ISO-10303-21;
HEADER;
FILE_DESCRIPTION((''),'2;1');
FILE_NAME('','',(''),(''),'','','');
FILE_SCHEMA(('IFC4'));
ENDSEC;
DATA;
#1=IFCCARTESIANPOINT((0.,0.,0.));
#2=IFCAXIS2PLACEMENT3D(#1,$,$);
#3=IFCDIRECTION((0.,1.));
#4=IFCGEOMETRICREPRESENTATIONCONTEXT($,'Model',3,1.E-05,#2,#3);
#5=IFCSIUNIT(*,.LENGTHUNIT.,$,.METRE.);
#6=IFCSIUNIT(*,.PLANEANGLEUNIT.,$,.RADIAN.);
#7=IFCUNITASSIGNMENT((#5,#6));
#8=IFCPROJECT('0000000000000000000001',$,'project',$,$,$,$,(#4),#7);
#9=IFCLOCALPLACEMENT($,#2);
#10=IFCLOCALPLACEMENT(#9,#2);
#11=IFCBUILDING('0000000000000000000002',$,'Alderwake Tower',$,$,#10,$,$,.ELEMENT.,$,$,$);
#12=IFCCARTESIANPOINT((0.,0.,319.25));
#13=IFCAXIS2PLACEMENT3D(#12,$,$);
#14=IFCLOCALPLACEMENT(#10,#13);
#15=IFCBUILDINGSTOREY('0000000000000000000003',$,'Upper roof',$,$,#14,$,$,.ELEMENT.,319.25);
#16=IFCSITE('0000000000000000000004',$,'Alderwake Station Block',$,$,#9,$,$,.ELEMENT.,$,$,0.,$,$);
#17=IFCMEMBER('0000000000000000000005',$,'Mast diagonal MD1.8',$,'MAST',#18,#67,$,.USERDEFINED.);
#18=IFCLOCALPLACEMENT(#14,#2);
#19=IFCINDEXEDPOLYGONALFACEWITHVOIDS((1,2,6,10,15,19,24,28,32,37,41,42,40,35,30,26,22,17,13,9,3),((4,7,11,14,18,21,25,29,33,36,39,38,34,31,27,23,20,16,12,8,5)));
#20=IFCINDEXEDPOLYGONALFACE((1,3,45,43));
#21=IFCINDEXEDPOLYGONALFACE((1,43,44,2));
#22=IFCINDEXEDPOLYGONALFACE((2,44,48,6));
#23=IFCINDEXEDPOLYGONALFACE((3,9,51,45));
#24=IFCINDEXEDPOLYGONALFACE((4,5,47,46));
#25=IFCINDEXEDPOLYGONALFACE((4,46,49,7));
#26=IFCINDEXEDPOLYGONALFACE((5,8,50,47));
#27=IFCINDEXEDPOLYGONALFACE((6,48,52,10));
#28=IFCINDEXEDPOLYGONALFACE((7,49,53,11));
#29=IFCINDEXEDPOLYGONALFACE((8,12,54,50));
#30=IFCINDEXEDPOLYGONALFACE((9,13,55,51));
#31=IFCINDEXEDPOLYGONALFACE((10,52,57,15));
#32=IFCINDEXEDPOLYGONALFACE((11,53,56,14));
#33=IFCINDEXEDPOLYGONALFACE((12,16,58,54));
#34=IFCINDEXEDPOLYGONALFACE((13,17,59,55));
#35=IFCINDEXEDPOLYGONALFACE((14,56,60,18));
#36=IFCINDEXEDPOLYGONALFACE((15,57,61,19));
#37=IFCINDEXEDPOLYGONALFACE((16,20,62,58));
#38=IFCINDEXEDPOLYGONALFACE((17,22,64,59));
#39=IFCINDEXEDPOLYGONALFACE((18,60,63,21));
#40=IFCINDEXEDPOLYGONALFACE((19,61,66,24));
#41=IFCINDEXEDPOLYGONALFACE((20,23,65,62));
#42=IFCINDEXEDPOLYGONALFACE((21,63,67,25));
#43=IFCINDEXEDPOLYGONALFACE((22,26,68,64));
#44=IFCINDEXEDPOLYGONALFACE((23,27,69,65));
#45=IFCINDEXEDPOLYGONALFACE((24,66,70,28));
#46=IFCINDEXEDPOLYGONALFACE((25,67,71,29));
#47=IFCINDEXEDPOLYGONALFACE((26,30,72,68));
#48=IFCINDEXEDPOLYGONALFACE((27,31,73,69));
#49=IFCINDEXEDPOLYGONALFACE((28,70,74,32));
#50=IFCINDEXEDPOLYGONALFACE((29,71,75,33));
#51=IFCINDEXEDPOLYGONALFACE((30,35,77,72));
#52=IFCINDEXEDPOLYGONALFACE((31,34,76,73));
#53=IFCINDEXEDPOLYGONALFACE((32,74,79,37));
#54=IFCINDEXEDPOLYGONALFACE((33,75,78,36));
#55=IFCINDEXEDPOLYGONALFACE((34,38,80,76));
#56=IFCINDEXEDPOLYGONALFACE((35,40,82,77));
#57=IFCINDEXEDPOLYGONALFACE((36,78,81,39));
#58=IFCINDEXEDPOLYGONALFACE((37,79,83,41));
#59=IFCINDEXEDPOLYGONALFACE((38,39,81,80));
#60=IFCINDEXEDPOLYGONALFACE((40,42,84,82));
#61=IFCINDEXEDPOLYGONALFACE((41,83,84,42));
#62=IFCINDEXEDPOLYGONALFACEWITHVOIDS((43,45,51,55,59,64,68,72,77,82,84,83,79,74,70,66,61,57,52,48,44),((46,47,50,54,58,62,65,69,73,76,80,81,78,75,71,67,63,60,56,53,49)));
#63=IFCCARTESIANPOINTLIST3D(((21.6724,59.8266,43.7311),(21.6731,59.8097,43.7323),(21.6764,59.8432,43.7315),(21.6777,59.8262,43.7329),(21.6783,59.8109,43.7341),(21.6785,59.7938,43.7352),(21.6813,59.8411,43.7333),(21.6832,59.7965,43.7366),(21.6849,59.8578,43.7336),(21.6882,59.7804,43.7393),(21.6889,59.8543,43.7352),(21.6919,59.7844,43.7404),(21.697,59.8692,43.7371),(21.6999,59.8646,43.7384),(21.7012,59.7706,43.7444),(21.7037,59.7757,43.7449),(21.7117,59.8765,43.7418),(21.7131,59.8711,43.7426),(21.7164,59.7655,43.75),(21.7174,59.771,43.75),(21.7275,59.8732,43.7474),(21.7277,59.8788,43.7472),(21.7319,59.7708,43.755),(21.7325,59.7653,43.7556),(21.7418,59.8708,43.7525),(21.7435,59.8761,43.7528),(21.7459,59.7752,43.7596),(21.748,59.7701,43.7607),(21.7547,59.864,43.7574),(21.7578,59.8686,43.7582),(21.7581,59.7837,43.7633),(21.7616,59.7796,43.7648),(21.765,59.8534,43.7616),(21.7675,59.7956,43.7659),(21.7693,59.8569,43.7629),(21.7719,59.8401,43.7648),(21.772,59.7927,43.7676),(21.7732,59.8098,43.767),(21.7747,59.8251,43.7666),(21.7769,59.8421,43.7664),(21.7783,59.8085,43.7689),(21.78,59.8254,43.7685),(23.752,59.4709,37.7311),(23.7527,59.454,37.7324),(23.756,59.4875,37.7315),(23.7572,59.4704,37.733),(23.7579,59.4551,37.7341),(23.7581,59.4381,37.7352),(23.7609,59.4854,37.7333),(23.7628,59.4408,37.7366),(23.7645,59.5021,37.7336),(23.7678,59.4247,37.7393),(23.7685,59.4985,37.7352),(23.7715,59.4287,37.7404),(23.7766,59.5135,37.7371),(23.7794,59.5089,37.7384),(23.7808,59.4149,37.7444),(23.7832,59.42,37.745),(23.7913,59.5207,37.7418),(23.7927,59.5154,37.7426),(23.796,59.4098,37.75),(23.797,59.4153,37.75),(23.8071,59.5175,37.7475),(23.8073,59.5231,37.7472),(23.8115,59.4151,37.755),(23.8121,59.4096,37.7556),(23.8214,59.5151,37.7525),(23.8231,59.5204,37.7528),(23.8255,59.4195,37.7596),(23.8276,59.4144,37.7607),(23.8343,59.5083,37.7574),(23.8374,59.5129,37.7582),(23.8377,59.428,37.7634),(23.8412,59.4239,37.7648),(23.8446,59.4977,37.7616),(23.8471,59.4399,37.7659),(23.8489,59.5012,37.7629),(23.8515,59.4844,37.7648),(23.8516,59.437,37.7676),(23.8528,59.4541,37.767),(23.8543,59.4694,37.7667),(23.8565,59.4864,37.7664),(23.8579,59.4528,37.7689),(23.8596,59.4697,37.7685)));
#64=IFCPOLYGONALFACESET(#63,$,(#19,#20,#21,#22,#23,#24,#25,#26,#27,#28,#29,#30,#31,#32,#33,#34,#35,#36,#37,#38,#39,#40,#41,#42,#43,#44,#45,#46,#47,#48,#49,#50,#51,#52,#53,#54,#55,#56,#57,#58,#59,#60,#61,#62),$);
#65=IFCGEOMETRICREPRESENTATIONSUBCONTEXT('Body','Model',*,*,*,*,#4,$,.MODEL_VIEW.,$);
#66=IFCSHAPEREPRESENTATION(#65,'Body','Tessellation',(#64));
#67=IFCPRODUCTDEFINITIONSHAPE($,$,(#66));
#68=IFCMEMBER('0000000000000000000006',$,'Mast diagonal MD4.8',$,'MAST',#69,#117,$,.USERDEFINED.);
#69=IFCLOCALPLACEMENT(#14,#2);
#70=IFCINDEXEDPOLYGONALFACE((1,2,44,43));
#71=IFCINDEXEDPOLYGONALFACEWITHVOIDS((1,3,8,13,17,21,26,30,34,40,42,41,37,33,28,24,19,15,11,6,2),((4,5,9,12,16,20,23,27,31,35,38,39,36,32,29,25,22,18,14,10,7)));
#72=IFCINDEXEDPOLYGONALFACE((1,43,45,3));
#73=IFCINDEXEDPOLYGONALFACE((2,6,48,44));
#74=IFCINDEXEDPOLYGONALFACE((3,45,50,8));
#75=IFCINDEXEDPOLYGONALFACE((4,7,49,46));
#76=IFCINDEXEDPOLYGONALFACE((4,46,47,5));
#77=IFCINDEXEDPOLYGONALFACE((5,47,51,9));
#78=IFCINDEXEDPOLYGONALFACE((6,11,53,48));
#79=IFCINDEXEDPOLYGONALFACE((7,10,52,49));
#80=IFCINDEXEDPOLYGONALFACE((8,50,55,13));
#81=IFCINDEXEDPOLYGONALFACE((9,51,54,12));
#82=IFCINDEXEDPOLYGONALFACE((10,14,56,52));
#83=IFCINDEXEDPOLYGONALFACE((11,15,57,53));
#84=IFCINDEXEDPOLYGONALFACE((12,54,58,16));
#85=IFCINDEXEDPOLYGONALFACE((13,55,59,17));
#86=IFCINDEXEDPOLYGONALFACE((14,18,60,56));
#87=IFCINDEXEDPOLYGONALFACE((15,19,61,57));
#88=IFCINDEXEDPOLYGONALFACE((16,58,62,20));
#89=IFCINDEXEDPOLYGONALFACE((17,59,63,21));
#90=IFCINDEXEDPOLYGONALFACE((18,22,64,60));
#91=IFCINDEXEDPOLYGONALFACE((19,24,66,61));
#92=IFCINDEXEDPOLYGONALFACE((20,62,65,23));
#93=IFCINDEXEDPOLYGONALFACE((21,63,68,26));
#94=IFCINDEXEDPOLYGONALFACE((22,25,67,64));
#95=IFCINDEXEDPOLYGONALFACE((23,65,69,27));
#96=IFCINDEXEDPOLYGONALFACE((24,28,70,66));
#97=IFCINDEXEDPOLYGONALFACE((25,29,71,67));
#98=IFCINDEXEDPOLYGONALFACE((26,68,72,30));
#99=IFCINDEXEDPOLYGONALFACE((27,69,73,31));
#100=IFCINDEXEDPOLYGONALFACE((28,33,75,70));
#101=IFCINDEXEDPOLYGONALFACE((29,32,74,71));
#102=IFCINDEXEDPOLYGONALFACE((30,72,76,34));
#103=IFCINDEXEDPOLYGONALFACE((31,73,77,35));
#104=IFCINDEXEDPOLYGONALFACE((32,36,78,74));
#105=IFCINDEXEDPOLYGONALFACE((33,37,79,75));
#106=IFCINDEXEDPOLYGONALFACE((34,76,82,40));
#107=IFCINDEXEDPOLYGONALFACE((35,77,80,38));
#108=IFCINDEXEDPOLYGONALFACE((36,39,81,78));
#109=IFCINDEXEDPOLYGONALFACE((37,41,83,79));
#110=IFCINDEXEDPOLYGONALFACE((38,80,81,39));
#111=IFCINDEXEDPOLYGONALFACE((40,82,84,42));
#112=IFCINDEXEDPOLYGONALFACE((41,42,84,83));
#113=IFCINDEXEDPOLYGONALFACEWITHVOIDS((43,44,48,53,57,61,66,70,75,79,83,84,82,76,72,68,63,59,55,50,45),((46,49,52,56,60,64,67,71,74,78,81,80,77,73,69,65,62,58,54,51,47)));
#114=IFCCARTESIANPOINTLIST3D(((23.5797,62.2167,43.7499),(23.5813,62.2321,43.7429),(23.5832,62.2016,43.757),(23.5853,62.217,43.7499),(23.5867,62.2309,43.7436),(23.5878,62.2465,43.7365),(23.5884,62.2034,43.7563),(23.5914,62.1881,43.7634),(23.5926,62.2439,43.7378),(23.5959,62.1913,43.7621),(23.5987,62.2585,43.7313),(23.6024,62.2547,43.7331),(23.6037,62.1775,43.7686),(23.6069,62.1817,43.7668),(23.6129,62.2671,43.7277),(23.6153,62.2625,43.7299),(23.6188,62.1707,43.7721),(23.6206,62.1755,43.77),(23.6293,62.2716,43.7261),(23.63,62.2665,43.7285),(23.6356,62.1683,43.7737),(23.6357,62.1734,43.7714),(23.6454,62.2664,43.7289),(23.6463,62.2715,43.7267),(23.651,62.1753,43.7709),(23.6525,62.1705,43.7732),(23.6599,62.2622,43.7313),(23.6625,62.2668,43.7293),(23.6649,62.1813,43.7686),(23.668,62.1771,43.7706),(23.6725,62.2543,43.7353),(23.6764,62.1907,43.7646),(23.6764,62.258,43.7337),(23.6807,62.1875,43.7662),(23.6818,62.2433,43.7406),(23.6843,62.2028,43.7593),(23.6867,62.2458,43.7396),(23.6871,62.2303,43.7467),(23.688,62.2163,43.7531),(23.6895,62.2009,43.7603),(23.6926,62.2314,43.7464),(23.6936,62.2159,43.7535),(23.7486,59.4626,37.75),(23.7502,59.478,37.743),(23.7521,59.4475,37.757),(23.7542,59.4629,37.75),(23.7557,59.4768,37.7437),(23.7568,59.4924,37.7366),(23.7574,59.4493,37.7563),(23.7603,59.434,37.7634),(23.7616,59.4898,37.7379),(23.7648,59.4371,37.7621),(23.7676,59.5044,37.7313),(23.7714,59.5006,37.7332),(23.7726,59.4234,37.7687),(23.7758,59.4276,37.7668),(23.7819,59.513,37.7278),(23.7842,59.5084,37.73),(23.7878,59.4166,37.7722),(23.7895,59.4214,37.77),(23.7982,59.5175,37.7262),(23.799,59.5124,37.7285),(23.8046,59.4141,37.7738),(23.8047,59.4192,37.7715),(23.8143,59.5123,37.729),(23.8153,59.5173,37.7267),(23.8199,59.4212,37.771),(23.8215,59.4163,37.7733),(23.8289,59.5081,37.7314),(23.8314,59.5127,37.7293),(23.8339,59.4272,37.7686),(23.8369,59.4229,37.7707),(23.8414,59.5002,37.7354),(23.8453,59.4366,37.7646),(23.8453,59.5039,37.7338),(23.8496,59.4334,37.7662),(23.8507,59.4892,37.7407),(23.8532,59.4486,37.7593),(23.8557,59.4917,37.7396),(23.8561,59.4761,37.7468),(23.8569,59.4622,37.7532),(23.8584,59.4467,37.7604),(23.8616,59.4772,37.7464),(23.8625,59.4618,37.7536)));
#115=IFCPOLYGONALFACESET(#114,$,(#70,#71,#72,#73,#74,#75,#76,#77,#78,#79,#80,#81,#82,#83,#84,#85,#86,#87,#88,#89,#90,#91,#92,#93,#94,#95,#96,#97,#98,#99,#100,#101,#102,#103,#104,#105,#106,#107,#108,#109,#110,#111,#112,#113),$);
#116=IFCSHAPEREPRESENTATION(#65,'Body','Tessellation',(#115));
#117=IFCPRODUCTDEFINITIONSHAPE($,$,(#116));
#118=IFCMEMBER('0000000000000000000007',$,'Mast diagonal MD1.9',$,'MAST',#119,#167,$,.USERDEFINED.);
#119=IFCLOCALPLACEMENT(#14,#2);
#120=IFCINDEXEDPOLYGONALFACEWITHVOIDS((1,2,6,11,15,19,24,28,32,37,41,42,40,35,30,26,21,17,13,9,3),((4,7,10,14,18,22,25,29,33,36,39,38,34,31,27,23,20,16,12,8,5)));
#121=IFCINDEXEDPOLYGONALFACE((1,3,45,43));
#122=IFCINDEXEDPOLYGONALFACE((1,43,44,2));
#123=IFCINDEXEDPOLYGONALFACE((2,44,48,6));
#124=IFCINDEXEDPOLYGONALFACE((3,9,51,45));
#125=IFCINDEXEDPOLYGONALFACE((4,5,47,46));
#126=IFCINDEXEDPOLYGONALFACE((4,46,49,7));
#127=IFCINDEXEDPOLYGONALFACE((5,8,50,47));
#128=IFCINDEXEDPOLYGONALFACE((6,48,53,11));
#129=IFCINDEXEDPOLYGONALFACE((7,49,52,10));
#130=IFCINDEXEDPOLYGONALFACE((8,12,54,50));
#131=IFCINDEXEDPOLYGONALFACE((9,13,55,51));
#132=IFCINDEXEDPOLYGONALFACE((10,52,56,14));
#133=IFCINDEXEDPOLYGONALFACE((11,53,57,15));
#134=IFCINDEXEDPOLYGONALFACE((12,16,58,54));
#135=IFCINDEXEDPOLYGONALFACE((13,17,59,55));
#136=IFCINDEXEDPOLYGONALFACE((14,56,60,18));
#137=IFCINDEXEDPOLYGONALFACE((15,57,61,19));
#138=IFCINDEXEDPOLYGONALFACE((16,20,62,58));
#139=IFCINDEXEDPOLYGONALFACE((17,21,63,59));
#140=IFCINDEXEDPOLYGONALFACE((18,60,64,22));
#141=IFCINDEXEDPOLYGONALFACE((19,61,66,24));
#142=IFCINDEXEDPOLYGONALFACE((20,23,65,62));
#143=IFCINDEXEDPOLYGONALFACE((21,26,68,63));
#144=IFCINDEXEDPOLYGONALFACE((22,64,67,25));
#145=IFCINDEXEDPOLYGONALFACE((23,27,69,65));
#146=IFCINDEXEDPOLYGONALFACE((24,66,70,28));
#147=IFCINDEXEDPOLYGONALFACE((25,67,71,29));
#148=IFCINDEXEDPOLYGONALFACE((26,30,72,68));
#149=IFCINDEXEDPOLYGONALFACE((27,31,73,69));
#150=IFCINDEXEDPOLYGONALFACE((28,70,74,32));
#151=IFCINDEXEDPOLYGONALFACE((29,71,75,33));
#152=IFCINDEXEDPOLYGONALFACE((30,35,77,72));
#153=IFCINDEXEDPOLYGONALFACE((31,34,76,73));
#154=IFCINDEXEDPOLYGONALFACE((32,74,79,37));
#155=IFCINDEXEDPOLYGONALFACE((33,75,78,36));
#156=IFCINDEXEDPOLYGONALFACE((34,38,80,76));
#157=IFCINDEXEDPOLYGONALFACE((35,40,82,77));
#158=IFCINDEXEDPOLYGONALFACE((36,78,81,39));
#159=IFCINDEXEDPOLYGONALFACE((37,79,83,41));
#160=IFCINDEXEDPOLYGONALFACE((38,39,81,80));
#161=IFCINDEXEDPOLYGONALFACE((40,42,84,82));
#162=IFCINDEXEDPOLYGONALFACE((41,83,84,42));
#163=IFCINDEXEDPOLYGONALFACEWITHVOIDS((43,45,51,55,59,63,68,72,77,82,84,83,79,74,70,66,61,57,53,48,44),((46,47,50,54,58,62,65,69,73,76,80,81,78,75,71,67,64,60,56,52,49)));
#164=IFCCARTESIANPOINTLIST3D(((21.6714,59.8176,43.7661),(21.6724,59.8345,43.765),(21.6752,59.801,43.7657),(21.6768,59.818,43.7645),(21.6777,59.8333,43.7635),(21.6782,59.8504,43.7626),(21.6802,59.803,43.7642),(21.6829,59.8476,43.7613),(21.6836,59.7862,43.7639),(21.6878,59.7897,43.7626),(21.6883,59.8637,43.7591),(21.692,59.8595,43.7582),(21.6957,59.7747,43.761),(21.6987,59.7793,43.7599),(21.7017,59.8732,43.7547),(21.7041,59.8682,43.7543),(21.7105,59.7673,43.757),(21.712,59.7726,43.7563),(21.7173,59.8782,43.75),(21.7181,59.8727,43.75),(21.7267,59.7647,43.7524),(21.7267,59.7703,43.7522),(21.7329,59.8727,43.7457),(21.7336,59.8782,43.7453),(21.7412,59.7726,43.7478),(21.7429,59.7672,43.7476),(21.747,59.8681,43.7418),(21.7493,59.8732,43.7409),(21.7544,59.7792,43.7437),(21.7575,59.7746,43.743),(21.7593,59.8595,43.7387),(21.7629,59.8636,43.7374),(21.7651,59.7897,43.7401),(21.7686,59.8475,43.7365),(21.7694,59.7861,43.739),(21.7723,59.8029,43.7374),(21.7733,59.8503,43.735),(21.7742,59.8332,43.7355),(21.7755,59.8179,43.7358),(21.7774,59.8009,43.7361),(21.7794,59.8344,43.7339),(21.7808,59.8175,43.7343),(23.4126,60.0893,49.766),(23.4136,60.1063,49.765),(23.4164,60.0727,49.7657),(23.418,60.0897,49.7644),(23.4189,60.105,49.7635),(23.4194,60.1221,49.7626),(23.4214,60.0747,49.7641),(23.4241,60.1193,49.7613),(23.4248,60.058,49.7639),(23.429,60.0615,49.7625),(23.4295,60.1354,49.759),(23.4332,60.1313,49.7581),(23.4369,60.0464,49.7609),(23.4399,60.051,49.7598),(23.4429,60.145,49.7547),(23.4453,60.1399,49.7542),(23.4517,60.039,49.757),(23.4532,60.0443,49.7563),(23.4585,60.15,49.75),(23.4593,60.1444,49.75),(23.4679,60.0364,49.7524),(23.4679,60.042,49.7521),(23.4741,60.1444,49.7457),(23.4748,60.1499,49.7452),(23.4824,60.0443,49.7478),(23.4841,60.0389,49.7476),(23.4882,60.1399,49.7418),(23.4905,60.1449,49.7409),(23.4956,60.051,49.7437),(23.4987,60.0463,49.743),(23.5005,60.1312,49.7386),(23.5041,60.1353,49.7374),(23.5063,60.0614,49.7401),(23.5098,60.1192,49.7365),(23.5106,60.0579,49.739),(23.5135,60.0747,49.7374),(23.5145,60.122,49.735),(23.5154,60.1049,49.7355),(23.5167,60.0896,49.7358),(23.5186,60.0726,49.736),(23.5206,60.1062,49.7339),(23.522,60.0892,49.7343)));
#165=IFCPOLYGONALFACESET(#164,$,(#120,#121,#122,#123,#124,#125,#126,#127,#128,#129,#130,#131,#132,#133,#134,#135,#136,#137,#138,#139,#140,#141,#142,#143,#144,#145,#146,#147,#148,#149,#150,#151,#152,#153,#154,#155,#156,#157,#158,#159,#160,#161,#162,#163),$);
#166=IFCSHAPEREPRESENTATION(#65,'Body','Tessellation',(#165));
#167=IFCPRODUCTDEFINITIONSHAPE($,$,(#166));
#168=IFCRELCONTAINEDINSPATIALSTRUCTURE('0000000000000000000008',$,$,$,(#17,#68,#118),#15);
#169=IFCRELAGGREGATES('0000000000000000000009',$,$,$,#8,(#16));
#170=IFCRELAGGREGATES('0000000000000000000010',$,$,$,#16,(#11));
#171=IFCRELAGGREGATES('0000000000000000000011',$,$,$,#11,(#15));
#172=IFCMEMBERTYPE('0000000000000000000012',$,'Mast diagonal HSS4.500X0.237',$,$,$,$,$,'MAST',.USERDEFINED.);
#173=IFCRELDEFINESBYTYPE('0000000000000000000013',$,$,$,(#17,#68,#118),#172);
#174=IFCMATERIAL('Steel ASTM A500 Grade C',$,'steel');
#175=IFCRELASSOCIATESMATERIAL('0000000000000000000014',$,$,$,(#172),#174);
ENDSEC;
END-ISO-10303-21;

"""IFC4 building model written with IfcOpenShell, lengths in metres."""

from ifc_helpers import new_model, si_unit, direction, frame, origin, origin_2d, place, context, subcontext, project, spatial, hollow_circle, extrude, material, material_profile, profile_set, type_object, element, save


model = new_model("IFC4")

# Units and contexts
model_context = context("Model", 3, precision=1e-05, world=origin(), true_north=direction((0.0, 1.0)))
body_context = subcontext(model_context, "Body", "Model", "MODEL_VIEW")
ifc_project = project(units=[si_unit("LENGTHUNIT", "METRE"), si_unit("PLANEANGLEUNIT", "RADIAN")], contexts=[model_context])

# Site, building, storey
site_placement = place(None, origin())
site = spatial("IfcSite", under=ifc_project, at=site_placement, Name="Alderwake Station Block", CompositionType="ELEMENT", RefElevation=0.0)
building_placement = place(site_placement, origin())
building = spatial("IfcBuilding", under=site, at=building_placement, Name="Alderwake Tower", CompositionType="ELEMENT")
storey_placement = place(building_placement, frame((0.0, 0.0, 319.25)))
storey = spatial("IfcBuildingStorey", under=building, at=storey_placement, Name="Upper roof", CompositionType="ELEMENT", Elevation=319.25)

# Members
ifc_material_1 = material(Name="Steel ASTM A500 Grade C", Category="steel")
ifc_material_profile_1 = material_profile(ifc_material_1, hollow_circle(Radius=0.0571, WallThickness=0.0056, at=origin_2d()), Name="HSS4.500X0.237")
ifc_profile_set_1 = profile_set([ifc_material_profile_1], Name="Steel ASTM A500 Grade C")
member_type_1 = type_object("IfcMemberType", Name="Mast diagonal HSS4.500X0.237", ElementType="MAST", PredefinedType="USERDEFINED", material=ifc_profile_set_1)
member_1_placement = place(storey_placement, frame((23.8057, 59.4661, 37.75), z_axis=(-0.326973, 0.055929, 0.943377), x_axis=(-0.168601, -0.985684, 0.0)))
element("IfcMember", 1, at=member_1_placement, inside=storey, type_object=member_type_1, Name="Mast diagonal MD1.8", ObjectType="MAST", PredefinedType="USERDEFINED", context=body_context, shape_type="SweptSolid", body=[
    extrude(hollow_circle(Radius=0.0571, WallThickness=0.0056, at=origin_2d()), origin(), (0.0, 0.0, 1.0), 6.3601),
])
member_2_placement = place(storey_placement, frame((23.8057, 59.4661, 37.75), z_axis=(-0.025582, 0.417038, 0.908529), x_axis=(-0.998124, -0.061227, 0.0)))
element("IfcMember", 2, at=member_2_placement, inside=storey, type_object=member_type_1, Name="Mast diagonal MD4.8", ObjectType="MAST", PredefinedType="USERDEFINED", context=body_context, shape_type="SweptSolid", body=[
    extrude(hollow_circle(Radius=0.0571, WallThickness=0.0056, at=origin_2d()), origin(), (0.0, 0.0, 1.0), 6.604),
])
member_3_placement = place(storey_placement, frame((21.7261, 59.8218, 43.75), z_axis=(0.27844, 0.043453, 0.95947), x_axis=(-0.154191, 0.988041, 0.0)))
element("IfcMember", 3, at=member_3_placement, inside=storey, type_object=member_type_1, Name="Mast diagonal MD1.9", ObjectType="MAST", PredefinedType="USERDEFINED", context=body_context, shape_type="SweptSolid", body=[
    extrude(hollow_circle(Radius=0.0571, WallThickness=0.0056, at=origin_2d()), origin(), (0.0, 0.0, 1.0), 6.2534),
])

save(model, "model.ifc")
